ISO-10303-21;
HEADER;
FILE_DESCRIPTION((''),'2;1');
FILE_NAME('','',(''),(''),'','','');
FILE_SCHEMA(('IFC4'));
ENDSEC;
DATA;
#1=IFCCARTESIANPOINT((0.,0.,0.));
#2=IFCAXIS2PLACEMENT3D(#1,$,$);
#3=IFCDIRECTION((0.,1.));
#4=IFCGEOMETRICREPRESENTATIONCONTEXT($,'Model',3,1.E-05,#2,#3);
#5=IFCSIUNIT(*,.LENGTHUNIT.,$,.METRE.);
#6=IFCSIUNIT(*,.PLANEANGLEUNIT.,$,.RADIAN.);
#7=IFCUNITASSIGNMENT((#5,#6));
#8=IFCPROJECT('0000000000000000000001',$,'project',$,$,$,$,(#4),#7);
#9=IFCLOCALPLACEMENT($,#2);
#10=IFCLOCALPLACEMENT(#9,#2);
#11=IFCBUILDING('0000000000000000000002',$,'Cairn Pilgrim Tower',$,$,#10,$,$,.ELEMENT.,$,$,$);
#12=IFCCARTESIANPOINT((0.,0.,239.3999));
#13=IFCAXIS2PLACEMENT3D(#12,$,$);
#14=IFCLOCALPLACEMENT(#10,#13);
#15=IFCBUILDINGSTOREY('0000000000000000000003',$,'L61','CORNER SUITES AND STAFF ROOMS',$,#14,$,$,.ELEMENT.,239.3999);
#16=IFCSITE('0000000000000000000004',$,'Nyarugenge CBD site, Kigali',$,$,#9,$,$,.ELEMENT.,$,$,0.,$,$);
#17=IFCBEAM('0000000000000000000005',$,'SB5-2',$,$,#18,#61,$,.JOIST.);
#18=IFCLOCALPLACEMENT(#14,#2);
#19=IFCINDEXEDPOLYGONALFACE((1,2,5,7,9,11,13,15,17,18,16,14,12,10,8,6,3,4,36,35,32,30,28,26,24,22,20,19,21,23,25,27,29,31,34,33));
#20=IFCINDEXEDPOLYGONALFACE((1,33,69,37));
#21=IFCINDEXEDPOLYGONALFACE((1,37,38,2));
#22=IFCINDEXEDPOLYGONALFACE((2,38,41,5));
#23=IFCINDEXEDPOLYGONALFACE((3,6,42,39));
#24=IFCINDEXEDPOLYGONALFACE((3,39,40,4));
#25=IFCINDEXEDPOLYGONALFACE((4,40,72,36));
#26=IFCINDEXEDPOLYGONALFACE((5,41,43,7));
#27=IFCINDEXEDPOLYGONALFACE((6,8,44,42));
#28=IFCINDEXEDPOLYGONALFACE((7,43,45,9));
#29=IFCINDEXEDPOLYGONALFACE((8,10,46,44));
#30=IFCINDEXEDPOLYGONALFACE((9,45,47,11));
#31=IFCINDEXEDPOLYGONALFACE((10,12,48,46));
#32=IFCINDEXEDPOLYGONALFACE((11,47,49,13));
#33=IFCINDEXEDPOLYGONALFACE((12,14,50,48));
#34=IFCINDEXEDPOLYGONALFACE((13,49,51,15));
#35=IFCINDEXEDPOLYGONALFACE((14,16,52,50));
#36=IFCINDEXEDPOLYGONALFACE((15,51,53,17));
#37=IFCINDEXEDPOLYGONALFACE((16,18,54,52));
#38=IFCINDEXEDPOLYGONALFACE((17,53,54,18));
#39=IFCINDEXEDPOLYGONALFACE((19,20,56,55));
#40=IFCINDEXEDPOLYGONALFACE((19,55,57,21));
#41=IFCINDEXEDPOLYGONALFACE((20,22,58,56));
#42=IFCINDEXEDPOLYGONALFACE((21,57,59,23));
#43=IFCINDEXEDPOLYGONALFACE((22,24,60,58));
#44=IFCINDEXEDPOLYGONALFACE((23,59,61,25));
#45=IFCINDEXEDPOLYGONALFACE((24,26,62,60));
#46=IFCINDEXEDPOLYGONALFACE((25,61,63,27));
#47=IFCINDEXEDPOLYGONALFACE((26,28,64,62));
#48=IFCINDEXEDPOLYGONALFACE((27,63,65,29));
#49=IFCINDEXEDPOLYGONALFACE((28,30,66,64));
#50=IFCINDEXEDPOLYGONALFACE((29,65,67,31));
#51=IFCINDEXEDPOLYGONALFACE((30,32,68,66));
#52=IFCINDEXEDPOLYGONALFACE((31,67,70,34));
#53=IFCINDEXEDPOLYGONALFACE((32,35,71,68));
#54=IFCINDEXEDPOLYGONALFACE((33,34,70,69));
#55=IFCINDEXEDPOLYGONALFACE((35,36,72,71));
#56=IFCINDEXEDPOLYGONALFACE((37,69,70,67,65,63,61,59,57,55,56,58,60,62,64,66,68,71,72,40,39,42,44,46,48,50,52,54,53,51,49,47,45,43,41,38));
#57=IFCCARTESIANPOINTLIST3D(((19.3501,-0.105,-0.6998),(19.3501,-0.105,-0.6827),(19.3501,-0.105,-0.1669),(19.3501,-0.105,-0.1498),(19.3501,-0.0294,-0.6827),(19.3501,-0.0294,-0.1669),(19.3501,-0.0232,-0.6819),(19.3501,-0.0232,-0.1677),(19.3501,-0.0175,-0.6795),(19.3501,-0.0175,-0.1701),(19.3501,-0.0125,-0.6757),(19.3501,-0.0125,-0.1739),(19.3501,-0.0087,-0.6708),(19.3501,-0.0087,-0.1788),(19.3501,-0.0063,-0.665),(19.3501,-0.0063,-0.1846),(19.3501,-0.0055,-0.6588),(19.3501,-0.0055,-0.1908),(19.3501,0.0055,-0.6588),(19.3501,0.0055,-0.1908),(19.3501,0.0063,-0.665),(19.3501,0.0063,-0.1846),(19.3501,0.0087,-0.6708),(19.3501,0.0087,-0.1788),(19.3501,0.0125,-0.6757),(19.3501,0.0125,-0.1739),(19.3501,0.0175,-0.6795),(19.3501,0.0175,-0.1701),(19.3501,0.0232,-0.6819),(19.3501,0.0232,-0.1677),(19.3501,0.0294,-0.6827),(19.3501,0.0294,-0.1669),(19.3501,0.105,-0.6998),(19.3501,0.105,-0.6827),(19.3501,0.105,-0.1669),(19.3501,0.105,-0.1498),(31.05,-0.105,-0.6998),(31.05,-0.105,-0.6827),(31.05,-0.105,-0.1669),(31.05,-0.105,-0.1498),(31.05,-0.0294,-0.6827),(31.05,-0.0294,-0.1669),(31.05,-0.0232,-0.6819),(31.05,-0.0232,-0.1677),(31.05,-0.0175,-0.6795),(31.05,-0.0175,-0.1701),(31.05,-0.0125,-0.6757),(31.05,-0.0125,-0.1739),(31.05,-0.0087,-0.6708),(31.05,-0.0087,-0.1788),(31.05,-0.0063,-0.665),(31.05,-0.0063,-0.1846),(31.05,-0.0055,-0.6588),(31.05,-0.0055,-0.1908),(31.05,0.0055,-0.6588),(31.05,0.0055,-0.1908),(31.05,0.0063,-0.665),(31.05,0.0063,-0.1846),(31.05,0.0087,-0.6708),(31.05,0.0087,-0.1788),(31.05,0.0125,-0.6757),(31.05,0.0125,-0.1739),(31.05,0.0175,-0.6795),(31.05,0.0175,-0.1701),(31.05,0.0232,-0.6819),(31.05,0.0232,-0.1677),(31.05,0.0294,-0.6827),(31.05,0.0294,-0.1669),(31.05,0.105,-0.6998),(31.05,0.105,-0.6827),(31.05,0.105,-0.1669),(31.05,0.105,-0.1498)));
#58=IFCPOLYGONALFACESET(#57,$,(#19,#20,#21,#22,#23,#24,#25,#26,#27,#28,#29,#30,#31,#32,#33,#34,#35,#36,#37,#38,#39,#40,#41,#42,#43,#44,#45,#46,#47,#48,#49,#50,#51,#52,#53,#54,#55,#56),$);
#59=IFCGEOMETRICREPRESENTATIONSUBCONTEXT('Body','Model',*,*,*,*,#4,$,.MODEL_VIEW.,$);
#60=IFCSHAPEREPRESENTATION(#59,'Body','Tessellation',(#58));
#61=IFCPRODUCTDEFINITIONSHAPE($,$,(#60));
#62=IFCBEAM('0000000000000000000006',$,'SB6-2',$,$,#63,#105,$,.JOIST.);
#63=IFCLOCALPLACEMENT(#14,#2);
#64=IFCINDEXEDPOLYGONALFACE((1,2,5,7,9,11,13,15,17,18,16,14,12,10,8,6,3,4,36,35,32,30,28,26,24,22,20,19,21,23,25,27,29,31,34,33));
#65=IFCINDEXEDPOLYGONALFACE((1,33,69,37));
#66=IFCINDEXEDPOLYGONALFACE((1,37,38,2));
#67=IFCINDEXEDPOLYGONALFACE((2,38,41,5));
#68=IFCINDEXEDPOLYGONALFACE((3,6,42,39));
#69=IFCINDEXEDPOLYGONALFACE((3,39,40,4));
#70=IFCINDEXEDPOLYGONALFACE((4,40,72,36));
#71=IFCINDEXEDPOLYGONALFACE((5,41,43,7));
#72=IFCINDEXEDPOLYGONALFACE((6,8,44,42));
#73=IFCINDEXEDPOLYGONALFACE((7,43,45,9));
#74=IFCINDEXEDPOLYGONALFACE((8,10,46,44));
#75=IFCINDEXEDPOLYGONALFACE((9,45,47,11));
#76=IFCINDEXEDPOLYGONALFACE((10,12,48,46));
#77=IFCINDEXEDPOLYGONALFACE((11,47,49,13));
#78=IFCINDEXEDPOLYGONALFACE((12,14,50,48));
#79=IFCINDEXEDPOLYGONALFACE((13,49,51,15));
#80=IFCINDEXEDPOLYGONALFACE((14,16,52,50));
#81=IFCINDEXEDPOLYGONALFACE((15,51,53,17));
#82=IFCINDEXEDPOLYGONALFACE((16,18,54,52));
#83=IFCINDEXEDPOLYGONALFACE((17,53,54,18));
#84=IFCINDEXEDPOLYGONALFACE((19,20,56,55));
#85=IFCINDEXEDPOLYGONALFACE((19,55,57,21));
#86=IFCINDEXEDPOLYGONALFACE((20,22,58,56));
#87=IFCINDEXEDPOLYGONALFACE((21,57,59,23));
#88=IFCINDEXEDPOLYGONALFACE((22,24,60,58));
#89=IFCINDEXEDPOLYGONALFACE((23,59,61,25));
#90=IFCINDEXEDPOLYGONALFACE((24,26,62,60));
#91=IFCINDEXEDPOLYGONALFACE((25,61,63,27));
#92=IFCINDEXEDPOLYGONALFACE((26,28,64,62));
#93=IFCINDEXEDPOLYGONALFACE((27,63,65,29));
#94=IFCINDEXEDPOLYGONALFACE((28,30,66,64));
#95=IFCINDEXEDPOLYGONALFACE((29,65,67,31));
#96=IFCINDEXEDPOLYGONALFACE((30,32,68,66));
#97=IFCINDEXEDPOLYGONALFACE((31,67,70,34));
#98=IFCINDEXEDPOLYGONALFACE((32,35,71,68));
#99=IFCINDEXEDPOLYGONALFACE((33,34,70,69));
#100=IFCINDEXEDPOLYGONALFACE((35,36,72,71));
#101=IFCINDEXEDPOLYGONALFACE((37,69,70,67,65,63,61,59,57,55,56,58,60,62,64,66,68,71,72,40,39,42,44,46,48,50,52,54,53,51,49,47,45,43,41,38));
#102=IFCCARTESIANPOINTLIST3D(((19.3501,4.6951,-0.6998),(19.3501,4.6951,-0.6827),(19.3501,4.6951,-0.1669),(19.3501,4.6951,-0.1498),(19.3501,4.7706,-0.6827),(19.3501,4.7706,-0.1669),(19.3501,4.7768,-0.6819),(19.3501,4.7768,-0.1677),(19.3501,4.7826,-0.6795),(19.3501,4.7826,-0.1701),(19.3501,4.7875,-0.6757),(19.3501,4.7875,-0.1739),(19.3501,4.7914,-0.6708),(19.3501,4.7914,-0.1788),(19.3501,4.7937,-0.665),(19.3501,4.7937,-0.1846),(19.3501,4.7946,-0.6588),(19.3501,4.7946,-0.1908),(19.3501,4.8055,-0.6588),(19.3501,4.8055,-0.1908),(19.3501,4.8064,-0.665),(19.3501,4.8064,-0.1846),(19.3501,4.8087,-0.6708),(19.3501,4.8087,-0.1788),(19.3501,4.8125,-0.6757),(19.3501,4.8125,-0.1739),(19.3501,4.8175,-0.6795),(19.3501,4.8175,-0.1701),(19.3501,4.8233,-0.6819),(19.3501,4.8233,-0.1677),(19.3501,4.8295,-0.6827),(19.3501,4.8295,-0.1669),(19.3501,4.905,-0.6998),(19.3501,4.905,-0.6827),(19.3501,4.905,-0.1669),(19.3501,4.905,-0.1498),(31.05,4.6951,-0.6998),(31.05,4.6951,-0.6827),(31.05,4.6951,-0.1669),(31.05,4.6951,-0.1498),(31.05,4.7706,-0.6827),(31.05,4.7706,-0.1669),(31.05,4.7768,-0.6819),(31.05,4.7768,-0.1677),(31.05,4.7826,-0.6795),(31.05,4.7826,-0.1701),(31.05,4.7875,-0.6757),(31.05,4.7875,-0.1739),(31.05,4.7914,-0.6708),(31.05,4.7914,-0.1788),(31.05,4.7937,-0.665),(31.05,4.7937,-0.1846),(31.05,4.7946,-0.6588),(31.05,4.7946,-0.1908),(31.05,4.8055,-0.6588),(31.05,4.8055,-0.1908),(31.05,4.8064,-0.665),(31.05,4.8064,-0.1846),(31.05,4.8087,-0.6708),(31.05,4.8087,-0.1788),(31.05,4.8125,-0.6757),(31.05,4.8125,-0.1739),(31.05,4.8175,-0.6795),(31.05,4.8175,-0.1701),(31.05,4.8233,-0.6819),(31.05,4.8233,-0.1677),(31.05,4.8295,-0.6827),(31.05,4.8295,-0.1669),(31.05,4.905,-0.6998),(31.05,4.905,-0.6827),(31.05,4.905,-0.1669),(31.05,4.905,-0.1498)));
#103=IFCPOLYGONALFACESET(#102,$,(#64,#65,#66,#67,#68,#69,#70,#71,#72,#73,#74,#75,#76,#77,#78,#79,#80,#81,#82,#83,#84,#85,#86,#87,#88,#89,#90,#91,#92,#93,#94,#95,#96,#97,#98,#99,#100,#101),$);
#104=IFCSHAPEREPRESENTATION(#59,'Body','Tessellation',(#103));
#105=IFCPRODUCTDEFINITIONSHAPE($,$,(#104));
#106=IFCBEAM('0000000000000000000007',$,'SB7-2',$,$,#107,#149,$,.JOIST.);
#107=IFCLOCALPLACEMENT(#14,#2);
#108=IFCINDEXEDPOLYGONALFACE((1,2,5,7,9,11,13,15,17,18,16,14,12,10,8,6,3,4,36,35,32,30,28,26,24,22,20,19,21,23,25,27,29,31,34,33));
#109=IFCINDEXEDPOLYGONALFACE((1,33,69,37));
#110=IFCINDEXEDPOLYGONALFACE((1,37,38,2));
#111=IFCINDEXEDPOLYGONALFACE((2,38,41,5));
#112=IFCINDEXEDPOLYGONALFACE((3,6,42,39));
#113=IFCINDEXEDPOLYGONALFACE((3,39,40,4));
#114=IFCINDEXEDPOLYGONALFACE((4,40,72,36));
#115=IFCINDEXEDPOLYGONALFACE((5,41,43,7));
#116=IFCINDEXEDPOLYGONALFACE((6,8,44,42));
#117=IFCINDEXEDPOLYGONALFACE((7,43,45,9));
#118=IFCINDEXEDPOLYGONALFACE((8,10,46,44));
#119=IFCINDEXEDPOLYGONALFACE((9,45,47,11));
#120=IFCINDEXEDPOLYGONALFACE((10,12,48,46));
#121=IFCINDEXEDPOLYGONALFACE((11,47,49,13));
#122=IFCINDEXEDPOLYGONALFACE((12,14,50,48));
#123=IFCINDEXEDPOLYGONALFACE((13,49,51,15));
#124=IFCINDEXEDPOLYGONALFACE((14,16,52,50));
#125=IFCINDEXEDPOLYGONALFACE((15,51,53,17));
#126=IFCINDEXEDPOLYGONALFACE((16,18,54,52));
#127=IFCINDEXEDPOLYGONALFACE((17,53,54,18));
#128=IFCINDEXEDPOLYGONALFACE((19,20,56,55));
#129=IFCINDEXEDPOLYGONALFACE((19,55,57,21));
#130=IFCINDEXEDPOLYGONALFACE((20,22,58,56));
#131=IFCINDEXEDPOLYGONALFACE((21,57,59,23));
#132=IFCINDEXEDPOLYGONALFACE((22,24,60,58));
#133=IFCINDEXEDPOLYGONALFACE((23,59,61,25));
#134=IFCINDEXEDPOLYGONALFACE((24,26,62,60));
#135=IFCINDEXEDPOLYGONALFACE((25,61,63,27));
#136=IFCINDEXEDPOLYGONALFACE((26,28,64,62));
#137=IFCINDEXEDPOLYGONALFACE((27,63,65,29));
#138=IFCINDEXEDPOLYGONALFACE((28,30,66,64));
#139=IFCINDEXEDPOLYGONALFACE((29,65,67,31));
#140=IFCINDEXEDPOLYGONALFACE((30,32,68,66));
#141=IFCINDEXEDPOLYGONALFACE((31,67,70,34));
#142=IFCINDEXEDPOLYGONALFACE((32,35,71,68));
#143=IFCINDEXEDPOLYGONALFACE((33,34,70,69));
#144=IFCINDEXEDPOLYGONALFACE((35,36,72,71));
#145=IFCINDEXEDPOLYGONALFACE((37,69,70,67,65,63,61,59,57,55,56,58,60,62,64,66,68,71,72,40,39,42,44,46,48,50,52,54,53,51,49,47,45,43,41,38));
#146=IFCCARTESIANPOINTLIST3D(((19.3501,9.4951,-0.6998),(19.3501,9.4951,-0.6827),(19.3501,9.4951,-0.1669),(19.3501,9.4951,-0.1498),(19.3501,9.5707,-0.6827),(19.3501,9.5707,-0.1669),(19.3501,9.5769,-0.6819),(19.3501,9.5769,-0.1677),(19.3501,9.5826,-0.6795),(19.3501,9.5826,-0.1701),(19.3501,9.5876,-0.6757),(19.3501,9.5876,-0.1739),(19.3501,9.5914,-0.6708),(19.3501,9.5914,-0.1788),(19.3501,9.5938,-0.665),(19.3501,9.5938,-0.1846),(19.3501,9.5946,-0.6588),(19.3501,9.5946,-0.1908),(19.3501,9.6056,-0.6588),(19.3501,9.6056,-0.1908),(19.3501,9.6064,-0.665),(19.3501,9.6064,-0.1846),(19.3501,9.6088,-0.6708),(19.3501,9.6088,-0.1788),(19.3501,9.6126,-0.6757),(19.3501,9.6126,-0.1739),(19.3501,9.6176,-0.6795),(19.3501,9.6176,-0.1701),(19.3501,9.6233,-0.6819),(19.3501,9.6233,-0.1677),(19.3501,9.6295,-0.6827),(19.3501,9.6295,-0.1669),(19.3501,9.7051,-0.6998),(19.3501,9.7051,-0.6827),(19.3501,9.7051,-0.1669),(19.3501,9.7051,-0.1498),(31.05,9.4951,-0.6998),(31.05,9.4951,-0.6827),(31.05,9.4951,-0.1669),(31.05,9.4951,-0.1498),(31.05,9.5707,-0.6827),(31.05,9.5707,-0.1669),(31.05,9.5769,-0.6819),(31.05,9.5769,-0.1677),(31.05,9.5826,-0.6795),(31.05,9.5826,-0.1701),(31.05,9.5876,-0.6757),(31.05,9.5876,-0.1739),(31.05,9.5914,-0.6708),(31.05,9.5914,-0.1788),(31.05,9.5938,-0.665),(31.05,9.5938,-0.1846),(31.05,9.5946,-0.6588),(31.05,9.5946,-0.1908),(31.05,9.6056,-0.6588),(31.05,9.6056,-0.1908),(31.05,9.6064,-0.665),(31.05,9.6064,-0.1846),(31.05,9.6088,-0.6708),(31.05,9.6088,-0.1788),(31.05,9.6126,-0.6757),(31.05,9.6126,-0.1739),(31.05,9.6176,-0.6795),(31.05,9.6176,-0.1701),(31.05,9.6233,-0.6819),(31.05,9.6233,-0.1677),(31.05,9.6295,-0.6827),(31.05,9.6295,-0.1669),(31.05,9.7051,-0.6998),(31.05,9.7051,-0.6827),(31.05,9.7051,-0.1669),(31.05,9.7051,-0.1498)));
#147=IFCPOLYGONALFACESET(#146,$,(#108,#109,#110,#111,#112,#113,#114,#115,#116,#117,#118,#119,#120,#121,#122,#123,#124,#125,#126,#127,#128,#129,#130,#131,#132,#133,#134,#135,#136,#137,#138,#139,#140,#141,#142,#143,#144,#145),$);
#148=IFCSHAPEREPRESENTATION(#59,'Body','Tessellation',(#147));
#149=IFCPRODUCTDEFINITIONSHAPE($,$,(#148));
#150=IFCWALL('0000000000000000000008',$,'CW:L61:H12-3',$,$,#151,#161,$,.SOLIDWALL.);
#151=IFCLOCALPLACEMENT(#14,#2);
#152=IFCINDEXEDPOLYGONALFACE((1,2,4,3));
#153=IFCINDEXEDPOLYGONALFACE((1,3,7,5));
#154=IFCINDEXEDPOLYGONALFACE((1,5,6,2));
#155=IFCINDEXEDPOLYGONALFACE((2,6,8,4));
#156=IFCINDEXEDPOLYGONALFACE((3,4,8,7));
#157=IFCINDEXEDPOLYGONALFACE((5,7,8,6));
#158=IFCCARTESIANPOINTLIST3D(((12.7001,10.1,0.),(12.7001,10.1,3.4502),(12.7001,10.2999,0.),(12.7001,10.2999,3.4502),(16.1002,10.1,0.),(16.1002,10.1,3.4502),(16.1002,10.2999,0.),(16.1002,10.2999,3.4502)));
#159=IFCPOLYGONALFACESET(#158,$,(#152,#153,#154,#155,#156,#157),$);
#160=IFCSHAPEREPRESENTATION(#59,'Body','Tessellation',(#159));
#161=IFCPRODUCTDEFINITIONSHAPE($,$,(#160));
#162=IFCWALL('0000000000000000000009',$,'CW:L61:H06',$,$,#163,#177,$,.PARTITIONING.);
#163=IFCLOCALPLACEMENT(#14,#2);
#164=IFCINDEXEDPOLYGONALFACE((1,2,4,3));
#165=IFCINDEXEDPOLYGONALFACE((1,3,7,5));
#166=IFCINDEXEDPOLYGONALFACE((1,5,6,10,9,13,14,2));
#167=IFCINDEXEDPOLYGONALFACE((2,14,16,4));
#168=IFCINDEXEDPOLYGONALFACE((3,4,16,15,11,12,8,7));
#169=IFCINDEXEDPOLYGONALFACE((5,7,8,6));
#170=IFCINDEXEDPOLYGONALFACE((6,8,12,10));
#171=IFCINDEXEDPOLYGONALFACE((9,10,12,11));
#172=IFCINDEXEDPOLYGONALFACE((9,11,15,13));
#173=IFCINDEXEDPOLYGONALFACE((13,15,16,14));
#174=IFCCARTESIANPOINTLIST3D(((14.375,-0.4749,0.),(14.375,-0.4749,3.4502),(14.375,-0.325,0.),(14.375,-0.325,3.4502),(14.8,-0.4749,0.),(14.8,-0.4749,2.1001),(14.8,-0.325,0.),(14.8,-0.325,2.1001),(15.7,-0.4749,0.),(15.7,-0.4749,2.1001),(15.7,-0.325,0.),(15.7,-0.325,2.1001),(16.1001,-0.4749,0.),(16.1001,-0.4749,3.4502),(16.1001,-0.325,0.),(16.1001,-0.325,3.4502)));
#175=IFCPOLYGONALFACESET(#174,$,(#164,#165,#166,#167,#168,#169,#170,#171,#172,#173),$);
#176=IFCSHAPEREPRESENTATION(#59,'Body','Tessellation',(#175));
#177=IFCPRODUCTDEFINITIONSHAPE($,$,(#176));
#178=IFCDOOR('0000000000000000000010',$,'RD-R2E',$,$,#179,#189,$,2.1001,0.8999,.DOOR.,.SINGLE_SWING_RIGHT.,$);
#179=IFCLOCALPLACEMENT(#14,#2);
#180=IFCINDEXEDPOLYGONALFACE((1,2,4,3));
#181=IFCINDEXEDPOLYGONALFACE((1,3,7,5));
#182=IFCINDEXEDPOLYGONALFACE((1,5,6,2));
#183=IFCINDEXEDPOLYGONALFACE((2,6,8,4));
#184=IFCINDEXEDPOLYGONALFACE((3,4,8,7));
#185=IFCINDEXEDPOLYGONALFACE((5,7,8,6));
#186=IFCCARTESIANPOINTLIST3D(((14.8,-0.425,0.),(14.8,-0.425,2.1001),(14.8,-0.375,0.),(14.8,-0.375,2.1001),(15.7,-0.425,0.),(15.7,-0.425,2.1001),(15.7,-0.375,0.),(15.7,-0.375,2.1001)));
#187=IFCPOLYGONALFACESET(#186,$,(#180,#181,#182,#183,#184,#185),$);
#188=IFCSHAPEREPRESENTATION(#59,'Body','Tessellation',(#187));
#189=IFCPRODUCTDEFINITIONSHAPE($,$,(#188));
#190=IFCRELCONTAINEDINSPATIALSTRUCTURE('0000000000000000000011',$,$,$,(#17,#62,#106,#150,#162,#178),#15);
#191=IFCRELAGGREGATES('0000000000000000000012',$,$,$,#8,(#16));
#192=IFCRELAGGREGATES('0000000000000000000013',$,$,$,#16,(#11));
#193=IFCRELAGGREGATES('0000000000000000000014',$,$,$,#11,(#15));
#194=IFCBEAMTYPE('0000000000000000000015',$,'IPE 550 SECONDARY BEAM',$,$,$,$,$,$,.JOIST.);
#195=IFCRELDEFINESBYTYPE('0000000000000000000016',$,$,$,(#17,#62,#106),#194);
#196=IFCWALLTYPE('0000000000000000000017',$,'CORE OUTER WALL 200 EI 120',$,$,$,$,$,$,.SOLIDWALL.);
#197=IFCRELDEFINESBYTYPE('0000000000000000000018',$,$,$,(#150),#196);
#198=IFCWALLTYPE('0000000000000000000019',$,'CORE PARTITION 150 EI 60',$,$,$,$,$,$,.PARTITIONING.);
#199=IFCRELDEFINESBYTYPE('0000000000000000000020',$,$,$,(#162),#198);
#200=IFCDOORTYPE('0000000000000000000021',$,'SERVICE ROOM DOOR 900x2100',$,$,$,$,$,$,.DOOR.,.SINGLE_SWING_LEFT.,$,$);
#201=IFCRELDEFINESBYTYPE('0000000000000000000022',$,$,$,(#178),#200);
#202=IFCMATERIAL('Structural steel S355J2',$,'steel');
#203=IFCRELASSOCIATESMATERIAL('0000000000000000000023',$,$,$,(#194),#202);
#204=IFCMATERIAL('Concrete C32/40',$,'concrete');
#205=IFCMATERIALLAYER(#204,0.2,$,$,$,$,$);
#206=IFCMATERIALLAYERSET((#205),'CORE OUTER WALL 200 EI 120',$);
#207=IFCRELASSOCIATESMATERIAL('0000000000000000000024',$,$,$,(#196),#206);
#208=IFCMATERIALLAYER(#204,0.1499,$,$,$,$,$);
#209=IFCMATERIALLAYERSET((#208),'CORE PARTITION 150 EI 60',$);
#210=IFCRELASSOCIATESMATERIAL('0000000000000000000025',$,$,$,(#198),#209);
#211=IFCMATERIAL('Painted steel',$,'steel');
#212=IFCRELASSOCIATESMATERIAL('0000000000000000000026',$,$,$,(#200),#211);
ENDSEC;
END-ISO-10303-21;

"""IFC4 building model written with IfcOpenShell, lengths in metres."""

from ifc_helpers import new_model, si_unit, direction, frame, frame_2d, origin, origin_2d, place, context, subcontext, project, spatial, rectangle, i_section, extrude, material, layer, layer_set, material_profile, profile_set, type_object, element, fill, save


model = new_model("IFC4")

# Units and contexts
model_context = context("Model", 3, precision=1e-05, world=origin(), true_north=direction((0.0, 1.0)))
body_context = subcontext(model_context, "Body", "Model", "MODEL_VIEW")
ifc_project = project(units=[si_unit("LENGTHUNIT", "METRE"), si_unit("PLANEANGLEUNIT", "RADIAN")], contexts=[model_context])

# Site, building, storey
site_placement = place(None, origin())
site = spatial("IfcSite", under=ifc_project, at=site_placement, Name="Nyarugenge CBD site, Kigali", CompositionType="ELEMENT", RefElevation=0.0)
building_placement = place(site_placement, origin())
building = spatial("IfcBuilding", under=site, at=building_placement, Name="Cairn Pilgrim Tower", CompositionType="ELEMENT")
storey_placement = place(building_placement, frame((0.0, 0.0, 239.3999)))
storey = spatial("IfcBuildingStorey", under=building, at=storey_placement, Name="L61", Description="CORNER SUITES AND STAFF ROOMS", CompositionType="ELEMENT", Elevation=239.3999)

# Shared definitions
ifc_material_1 = material(Name="Structural steel S355J2", Category="steel")

# Beams
ifc_material_profile_1 = material_profile(ifc_material_1, i_section(OverallWidth=0.21, OverallDepth=0.55, WebThickness=0.011, FlangeThickness=0.0171, FilletRadius=0.0239, at=origin_2d()), Name="IPE 550")
ifc_profile_set_1 = profile_set([ifc_material_profile_1], Name="Structural steel S355J2")
beam_type_1 = type_object("IfcBeamType", Name="IPE 550 SECONDARY BEAM", PredefinedType="JOIST", material=ifc_profile_set_1)
for number, where, z_axis, x_axis, name in (
    (1, (19.3501, 0.0, -0.4248), (1.0, 0.0, 0.0), (0.0, 1.0, 0.0), "SB5-2"),
    (2, (19.3501, 4.8, -0.4248), (1.0, 0.0, 0.0), (0.0, 1.0, 0.0), "SB6-2"),
    (3, (19.3501, 9.6001, -0.4248), (1.0, 0.0, 0.0), (0.0, 1.0, 0.0), "SB7-2"),
):
    element("IfcBeam", number, at=place(storey_placement, frame(where, z_axis=z_axis, x_axis=x_axis)), inside=storey, type_object=beam_type_1, Name=name, PredefinedType="JOIST", context=body_context, shape_type="SweptSolid", body=[
        extrude(i_section(OverallWidth=0.21, OverallDepth=0.55, WebThickness=0.011, FlangeThickness=0.0171, FilletRadius=0.0239, at=origin_2d()), origin(), (0.0, 0.0, 1.0), 11.7),
    ])

# Wall
ifc_material_2 = material(Name="Concrete C32/40", Category="concrete")
ifc_layer_1 = layer(ifc_material_2, 0.2)
ifc_layer_set_1 = layer_set([ifc_layer_1], Name="CORE OUTER WALL 200 EI 120")
wall_type_1 = type_object("IfcWallType", Name="CORE OUTER WALL 200 EI 120", PredefinedType="SOLIDWALL", material=ifc_layer_set_1)
wall_1_placement = place(storey_placement, frame((12.7, 10.2, 0.0), z_axis=(0.0, 0.0, 1.0), x_axis=(1.0, 0.0, 0.0)))
element("IfcWall", 4, at=wall_1_placement, inside=storey, type_object=wall_type_1, Name="CW:L61:H12-3", PredefinedType="SOLIDWALL", context=body_context, shape_type="SweptSolid", body=[
    extrude(rectangle(XDim=3.4001, YDim=0.2, at=frame_2d((1.7002, 0.0))), origin(), (0.0, 0.0, 1.0), 3.4502),
])

# Wall, opening, door
ifc_layer_2 = layer(ifc_material_2, 0.1499)
ifc_layer_set_2 = layer_set([ifc_layer_2], Name="CORE PARTITION 150 EI 60")
wall_type_2 = type_object("IfcWallType", Name="CORE PARTITION 150 EI 60", PredefinedType="PARTITIONING", material=ifc_layer_set_2)
wall_2_placement = place(storey_placement, frame((14.375, -0.3999, 0.0), z_axis=(0.0, 0.0, 1.0), x_axis=(1.0, 0.0, 0.0)))
wall_2 = element("IfcWall", 5, at=wall_2_placement, inside=storey, type_object=wall_type_2, Name="CW:L61:H06", PredefinedType="PARTITIONING", context=body_context, shape_type="SweptSolid", body=[
    extrude(rectangle(XDim=1.7251, YDim=0.1499, at=frame_2d((0.8625, 0.0))), origin(), (0.0, 0.0, 1.0), 3.4502),
])
opening_1_placement = place(wall_2_placement, frame((0.425, 0.0, 0.0)))
opening_1 = element("IfcOpeningElement", 6, at=opening_1_placement, cuts=wall_2, PredefinedType="OPENING", context=body_context, shape_type="SweptSolid", body=[
    extrude(rectangle(XDim=0.8999, YDim=2.1001, at=frame_2d((0.45, 1.05))), frame((0.0, 0.085, 0.0), z_axis=(0.0, -1.0, 0.0), x_axis=(1.0, 0.0, 0.0)), (0.0, 0.0, 1.0), 0.1699),
])
ifc_material_3 = material(Name="Painted steel", Category="steel")
door_type = type_object("IfcDoorType", Name="SERVICE ROOM DOOR 900x2100", OperationType="SINGLE_SWING_LEFT", PredefinedType="DOOR", material=ifc_material_3)
door_1_placement = place(opening_1_placement, origin())
door_1 = element("IfcDoor", 7, at=door_1_placement, inside=storey, type_object=door_type, Name="RD-R2E", OperationType="SINGLE_SWING_RIGHT", OverallHeight=2.1001, OverallWidth=0.8999, PredefinedType="DOOR", context=body_context, shape_type="SweptSolid", body=[
    extrude(rectangle(XDim=0.8999, YDim=2.1001, at=frame_2d((0.45, 1.05))), frame((0.0, 0.0249, 0.0), z_axis=(0.0, -1.0, 0.0), x_axis=(1.0, 0.0, 0.0)), (0.0, 0.0, 1.0), 0.05),
])
fill(opening_1, door_1)

save(model, "model.ifc")
